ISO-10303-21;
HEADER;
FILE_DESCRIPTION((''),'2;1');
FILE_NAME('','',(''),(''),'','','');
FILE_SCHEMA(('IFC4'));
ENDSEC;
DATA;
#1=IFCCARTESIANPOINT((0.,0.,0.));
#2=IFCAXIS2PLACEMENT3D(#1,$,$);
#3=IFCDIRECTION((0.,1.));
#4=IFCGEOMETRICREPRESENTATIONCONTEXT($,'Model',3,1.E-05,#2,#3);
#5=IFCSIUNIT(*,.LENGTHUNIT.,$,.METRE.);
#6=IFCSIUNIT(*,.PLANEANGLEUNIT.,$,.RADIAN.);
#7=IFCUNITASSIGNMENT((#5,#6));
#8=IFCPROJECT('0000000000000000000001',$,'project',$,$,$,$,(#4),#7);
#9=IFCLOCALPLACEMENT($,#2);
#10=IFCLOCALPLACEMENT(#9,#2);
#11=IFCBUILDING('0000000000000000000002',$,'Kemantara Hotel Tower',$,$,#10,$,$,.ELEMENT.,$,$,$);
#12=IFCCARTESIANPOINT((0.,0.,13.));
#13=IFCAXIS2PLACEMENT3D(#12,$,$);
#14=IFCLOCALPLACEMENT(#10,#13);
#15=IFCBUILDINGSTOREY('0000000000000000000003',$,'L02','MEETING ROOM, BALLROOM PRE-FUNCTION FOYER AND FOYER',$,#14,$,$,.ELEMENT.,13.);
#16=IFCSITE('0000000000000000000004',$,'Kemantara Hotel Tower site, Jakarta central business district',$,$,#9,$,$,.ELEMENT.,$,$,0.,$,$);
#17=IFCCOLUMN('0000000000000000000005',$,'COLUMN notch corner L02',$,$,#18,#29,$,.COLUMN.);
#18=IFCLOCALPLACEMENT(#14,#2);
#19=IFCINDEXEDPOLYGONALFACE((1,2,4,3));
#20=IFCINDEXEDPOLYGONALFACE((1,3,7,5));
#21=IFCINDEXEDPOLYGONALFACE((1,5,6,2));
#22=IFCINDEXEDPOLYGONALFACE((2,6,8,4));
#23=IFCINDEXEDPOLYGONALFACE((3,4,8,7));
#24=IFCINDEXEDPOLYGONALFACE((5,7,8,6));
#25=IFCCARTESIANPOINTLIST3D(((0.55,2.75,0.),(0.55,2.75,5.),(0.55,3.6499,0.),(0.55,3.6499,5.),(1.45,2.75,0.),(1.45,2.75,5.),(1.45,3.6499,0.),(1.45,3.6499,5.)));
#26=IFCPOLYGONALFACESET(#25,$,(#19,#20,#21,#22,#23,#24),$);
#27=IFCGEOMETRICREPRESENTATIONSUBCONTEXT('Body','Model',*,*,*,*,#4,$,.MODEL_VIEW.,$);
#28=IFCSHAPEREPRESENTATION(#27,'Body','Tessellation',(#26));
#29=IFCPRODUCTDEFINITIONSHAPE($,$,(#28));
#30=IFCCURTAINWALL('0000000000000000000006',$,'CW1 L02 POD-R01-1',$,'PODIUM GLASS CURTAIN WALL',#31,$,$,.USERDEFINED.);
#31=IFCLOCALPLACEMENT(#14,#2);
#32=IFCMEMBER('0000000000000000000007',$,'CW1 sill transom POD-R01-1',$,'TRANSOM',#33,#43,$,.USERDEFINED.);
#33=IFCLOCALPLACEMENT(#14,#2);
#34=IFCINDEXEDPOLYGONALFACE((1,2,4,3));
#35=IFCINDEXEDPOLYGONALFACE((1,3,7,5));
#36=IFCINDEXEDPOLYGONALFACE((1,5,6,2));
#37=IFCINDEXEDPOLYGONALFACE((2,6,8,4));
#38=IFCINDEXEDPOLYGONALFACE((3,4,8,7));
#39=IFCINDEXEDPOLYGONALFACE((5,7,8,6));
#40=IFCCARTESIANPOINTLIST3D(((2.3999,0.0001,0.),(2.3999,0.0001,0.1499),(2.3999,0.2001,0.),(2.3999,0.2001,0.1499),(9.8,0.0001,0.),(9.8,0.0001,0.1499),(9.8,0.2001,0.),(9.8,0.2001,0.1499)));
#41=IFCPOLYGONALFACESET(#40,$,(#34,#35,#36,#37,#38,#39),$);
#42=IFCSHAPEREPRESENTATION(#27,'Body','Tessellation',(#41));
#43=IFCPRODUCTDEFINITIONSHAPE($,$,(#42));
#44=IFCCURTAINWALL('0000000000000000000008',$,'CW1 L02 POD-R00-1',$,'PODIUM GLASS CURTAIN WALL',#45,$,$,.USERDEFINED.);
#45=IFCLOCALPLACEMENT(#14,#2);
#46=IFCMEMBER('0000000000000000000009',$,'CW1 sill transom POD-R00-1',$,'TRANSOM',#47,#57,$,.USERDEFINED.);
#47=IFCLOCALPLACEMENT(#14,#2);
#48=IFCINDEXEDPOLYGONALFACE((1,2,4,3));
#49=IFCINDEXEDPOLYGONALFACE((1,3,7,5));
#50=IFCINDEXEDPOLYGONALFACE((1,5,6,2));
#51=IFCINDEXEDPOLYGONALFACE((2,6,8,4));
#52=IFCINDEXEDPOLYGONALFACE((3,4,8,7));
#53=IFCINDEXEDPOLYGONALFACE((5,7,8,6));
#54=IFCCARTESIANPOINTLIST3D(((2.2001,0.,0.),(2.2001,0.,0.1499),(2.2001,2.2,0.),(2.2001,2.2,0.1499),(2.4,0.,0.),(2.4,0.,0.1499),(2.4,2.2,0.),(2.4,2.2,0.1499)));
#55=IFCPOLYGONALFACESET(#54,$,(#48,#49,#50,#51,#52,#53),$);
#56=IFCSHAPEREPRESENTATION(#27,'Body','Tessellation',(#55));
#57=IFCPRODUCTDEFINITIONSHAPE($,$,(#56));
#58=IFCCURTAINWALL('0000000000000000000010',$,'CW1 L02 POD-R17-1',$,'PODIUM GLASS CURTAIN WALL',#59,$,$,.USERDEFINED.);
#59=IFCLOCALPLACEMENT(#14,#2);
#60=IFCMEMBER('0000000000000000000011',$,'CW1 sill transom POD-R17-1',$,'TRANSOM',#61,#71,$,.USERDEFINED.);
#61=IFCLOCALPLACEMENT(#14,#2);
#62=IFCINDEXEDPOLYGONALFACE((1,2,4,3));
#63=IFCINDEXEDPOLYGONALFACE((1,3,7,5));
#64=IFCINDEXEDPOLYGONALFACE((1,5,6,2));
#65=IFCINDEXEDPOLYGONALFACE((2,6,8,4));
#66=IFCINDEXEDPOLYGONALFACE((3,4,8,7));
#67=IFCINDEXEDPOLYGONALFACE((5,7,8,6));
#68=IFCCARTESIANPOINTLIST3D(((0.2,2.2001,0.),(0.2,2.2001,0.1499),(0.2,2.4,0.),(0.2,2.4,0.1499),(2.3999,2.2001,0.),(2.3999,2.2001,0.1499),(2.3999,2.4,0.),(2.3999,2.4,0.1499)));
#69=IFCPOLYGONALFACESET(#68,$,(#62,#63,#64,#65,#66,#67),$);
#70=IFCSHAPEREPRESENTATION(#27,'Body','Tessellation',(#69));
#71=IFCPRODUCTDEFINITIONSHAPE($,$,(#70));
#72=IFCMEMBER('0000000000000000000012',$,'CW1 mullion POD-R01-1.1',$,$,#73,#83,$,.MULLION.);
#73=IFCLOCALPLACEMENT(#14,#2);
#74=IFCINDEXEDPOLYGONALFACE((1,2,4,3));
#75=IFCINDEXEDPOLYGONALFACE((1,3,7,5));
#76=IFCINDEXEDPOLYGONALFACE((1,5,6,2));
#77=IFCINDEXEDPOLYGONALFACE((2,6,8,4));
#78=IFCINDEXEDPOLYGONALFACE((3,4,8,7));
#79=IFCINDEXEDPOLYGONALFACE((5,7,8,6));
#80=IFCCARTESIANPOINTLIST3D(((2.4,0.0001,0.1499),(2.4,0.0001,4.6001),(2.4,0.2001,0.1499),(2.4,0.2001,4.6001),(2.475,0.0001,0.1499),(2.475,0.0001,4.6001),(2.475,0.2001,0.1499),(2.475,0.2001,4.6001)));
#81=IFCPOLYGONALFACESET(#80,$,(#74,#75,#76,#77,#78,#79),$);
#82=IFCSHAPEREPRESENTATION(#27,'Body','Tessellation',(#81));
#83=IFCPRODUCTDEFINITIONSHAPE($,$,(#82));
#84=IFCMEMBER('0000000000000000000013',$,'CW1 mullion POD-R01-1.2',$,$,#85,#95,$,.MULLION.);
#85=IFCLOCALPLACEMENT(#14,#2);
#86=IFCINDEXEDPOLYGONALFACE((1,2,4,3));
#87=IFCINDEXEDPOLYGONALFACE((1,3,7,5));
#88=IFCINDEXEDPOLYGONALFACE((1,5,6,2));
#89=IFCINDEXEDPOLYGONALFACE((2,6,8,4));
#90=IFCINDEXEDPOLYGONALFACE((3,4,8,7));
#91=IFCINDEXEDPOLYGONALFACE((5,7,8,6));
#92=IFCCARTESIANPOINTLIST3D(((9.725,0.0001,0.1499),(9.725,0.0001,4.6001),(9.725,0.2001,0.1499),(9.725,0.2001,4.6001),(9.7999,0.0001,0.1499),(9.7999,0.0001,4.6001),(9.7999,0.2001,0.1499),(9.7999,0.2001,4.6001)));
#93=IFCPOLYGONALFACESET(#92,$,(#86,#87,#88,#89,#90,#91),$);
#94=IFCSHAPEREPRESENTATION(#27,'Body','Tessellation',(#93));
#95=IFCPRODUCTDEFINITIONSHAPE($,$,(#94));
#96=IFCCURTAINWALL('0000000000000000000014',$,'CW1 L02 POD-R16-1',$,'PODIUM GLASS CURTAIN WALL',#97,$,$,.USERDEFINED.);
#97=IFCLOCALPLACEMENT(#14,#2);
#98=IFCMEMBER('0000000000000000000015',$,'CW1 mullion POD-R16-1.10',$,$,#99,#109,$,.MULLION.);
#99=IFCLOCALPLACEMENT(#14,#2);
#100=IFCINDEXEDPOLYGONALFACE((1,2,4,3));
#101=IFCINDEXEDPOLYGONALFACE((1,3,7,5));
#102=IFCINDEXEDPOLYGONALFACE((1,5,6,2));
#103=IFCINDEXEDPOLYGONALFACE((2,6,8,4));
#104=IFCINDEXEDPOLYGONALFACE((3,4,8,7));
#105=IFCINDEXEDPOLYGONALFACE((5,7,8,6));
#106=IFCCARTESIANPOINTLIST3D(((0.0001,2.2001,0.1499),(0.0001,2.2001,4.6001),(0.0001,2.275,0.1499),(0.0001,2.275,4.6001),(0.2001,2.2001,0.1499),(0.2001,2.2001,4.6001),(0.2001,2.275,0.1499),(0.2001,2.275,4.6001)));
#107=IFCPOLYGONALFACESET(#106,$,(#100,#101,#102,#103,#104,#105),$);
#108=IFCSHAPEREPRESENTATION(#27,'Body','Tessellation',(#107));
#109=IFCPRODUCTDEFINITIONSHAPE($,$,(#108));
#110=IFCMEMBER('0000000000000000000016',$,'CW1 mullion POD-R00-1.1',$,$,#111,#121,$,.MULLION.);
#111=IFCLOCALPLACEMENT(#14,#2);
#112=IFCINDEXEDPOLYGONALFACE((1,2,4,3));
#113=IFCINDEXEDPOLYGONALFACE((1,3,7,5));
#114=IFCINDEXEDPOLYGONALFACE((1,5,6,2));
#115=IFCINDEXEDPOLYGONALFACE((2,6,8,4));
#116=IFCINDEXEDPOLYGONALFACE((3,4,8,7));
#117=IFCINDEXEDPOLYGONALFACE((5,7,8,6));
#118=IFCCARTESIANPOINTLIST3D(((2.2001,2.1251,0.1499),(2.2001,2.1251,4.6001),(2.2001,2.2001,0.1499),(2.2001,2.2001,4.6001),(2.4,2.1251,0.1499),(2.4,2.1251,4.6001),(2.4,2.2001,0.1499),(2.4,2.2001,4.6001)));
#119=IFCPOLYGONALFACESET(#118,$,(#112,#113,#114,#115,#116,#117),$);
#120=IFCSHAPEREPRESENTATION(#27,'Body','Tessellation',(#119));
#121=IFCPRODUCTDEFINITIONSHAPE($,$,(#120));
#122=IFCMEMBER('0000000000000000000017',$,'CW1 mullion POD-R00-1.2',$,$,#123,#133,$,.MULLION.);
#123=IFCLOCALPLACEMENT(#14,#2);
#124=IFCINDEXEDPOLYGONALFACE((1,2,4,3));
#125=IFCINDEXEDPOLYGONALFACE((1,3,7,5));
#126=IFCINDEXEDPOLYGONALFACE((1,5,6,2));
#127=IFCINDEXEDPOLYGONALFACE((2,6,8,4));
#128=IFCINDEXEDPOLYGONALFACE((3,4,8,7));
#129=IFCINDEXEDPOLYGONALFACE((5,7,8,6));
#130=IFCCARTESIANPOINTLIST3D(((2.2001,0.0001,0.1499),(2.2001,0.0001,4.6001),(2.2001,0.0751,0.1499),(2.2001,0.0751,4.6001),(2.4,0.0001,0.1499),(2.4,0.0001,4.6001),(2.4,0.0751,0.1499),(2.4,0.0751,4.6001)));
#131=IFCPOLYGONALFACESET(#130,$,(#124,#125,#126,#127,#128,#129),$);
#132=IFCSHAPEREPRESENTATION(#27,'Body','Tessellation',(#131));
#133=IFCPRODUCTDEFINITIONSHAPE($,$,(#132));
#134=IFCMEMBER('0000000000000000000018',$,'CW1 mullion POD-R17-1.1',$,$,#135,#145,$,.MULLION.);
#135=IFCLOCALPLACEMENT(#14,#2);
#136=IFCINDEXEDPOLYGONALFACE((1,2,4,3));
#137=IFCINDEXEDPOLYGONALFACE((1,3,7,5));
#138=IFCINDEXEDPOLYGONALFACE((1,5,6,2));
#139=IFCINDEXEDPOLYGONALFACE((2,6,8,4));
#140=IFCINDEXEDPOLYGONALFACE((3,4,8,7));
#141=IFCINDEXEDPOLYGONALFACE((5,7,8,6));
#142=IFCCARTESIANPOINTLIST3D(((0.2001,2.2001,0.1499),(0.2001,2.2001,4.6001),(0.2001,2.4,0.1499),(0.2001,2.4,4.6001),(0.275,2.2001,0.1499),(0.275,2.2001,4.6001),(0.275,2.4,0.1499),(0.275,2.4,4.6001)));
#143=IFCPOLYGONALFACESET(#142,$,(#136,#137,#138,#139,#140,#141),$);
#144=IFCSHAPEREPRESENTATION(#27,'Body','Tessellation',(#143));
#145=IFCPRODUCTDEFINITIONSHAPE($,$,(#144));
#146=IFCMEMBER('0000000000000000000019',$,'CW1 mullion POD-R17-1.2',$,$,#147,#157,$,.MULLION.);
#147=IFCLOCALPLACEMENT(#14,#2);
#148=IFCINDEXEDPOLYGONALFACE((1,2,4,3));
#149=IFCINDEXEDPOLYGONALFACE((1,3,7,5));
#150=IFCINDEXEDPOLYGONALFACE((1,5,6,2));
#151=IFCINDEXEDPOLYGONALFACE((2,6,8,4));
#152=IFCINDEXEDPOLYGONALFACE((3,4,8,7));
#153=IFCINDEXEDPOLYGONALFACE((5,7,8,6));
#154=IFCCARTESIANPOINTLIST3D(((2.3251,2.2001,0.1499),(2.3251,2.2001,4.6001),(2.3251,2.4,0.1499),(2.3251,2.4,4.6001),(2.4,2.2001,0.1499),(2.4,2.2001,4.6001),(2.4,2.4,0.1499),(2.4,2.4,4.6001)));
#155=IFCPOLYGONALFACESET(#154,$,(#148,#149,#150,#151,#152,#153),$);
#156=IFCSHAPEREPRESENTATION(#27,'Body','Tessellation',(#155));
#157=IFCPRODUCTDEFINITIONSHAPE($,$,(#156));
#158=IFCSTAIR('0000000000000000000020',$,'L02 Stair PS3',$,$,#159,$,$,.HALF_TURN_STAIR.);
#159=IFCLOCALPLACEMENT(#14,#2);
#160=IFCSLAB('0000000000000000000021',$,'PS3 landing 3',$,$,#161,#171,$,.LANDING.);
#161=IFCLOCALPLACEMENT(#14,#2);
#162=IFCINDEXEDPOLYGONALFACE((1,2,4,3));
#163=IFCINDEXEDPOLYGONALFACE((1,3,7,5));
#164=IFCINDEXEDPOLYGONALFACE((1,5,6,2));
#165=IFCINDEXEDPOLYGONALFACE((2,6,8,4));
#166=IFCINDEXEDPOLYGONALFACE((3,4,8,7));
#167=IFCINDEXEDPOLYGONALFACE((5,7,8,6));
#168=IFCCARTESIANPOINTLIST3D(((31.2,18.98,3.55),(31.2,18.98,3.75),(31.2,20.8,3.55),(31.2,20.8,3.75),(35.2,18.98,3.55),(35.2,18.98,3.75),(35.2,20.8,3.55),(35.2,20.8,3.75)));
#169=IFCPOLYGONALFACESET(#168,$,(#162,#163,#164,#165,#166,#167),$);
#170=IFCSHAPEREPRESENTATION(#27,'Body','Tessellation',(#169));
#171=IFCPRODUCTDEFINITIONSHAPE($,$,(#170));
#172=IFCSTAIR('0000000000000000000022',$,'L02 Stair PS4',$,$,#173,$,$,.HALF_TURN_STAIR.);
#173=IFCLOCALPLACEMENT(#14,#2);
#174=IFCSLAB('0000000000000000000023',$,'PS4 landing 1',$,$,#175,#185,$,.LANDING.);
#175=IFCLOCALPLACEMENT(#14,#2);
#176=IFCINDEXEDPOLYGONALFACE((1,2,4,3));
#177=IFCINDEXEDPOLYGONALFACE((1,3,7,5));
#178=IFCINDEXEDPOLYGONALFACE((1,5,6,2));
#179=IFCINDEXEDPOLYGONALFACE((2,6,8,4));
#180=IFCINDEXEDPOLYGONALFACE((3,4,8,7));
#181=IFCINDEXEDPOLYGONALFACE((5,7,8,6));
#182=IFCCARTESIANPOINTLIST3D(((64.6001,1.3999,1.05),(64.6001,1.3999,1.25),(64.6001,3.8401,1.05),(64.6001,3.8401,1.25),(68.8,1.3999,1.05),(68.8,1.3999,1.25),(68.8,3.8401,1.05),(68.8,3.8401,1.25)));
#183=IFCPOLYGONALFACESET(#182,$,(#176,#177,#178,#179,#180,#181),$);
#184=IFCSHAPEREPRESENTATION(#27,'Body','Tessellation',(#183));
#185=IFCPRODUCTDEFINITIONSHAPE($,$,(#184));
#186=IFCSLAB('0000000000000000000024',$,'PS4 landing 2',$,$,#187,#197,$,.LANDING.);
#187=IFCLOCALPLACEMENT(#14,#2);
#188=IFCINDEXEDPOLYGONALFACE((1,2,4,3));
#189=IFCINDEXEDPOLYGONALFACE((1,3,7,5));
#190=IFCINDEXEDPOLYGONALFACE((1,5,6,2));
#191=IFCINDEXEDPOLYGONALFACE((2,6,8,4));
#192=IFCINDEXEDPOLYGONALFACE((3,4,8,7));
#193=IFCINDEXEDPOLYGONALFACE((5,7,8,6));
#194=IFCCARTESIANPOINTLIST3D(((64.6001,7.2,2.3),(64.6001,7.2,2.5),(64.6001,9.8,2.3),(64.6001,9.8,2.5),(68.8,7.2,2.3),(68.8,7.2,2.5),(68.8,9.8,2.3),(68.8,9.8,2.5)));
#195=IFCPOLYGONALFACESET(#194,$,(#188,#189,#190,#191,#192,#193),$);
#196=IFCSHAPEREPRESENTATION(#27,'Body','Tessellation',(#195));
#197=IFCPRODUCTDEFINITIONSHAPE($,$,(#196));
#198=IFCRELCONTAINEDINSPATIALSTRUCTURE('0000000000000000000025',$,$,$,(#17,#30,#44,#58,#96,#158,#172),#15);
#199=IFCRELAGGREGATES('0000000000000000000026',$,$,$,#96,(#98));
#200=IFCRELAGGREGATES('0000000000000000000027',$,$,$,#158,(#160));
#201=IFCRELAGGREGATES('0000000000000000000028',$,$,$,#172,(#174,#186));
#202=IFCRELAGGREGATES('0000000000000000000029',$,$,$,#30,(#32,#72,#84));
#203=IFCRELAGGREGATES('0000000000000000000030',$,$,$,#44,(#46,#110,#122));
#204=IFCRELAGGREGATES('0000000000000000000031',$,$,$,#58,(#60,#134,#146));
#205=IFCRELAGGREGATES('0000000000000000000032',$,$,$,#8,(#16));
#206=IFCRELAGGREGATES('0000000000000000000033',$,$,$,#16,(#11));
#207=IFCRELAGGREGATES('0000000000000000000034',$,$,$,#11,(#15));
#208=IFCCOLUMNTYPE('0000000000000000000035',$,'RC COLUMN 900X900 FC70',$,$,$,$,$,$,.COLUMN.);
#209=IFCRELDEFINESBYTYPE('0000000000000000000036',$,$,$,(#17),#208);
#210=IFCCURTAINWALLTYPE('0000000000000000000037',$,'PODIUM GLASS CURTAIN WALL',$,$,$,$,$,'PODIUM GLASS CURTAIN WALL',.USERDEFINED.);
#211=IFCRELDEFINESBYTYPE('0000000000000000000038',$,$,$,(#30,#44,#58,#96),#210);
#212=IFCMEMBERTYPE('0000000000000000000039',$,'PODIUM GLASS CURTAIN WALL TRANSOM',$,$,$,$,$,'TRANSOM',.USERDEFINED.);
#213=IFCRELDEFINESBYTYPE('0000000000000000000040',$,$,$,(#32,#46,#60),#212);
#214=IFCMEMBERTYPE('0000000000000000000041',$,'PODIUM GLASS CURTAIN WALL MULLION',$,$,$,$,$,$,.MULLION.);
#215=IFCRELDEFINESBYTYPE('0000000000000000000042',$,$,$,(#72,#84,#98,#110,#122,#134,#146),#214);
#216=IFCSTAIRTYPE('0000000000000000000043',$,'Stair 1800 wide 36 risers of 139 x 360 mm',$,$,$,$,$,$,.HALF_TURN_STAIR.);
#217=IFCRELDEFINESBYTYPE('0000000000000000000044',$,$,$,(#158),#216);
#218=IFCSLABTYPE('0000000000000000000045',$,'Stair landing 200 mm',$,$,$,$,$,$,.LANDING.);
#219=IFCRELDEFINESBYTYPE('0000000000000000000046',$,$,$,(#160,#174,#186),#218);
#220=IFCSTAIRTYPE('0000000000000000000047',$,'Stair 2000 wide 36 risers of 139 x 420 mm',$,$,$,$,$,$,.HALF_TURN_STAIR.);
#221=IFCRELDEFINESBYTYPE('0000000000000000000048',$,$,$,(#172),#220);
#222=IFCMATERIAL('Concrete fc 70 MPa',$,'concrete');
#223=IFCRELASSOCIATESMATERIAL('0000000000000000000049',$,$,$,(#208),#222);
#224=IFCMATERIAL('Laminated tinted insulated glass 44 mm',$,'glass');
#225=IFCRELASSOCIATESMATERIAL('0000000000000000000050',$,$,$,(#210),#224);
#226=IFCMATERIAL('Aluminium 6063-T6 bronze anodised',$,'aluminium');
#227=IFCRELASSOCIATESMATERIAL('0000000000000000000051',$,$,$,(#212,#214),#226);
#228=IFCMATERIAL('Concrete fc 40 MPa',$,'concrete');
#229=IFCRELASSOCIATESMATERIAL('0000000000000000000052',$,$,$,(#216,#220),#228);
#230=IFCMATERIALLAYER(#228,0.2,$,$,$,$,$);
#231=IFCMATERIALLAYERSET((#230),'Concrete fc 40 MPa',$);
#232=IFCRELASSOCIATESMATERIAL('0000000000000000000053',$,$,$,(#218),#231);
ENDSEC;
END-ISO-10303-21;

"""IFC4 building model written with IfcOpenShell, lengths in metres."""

from ifc_helpers import new_model, si_unit, direction, frame, origin, origin_2d, place, context, subcontext, project, spatial, polyline, rectangle, outline, extrude, source, transform, mapped, material, layer, layer_set, material_profile, profile_set, type_object, element, aggregate, save


model = new_model("IFC4")

# Units and contexts
model_context = context("Model", 3, precision=1e-05, world=origin(), true_north=direction((0.0, 1.0)))
body_context = subcontext(model_context, "Body", "Model", "MODEL_VIEW")
ifc_project = project(units=[si_unit("LENGTHUNIT", "METRE"), si_unit("PLANEANGLEUNIT", "RADIAN")], contexts=[model_context])

# Site, building, storey
site_placement = place(None, origin())
site = spatial("IfcSite", under=ifc_project, at=site_placement, Name="Kemantara Hotel Tower site, Jakarta central business district", CompositionType="ELEMENT", RefElevation=0.0)
building_placement = place(site_placement, origin())
building = spatial("IfcBuilding", under=site, at=building_placement, Name="Kemantara Hotel Tower", CompositionType="ELEMENT")
storey_placement = place(building_placement, frame((0.0, 0.0, 13.0)))
storey = spatial("IfcBuildingStorey", under=building, at=storey_placement, Name="L02", Description="MEETING ROOM, BALLROOM PRE-FUNCTION FOYER AND FOYER", CompositionType="ELEMENT", Elevation=13.0)

# Column
ifc_material_1 = material(Name="Concrete fc 70 MPa", Category="concrete")
ifc_material_profile_1 = material_profile(ifc_material_1, rectangle(XDim=0.8999, YDim=0.8999, at=origin_2d()), Name="RC 900X900")
ifc_profile_set_1 = profile_set([ifc_material_profile_1], Name="Concrete fc 70 MPa")
column_type = type_object("IfcColumnType", Name="RC COLUMN 900X900 FC70", PredefinedType="COLUMN", material=ifc_profile_set_1)
column_placement = place(storey_placement, frame((1.0, 3.2, 0.0), z_axis=(0.0, 0.0, 1.0), x_axis=(1.0, 0.0, 0.0)))
element("IfcColumn", 1, at=column_placement, inside=storey, type_object=column_type, Name="COLUMN notch corner L02", PredefinedType="COLUMN", context=body_context, shape_type="SweptSolid", body=[
    extrude(rectangle(XDim=0.8999, YDim=0.8999, at=origin_2d()), origin(), (0.0, 0.0, 1.0), 5.0),
])

# Curtain walls, members
ifc_material_2 = material(Name="Laminated tinted insulated glass 44 mm", Category="glass")
curtain_wall_type = type_object("IfcCurtainWallType", Name="PODIUM GLASS CURTAIN WALL", ElementType="PODIUM GLASS CURTAIN WALL", PredefinedType="USERDEFINED", material=ifc_material_2)
curtain_wall_1_placement = place(storey_placement, origin())
curtain_wall_1 = element("IfcCurtainWall", 2, at=curtain_wall_1_placement, inside=storey, type_object=curtain_wall_type, Name="CW1 L02 POD-R01-1", ObjectType="PODIUM GLASS CURTAIN WALL", PredefinedType="USERDEFINED")
ifc_material_3 = material(Name="Aluminium 6063-T6 bronze anodised", Category="aluminium")
ifc_material_profile_2 = material_profile(ifc_material_3, rectangle(XDim=0.2, YDim=0.1499, at=origin_2d()), Name="PODIUM GLASS CURTAIN WALL TRANSOM")
ifc_profile_set_2 = profile_set([ifc_material_profile_2], Name="Aluminium 6063-T6 bronze anodised")
member_type_1 = type_object("IfcMemberType", Name="PODIUM GLASS CURTAIN WALL TRANSOM", ElementType="TRANSOM", PredefinedType="USERDEFINED", material=ifc_profile_set_2)
member_1_placement = place(storey_placement, frame((2.3999, 0.1001, 0.075), z_axis=(1.0, 0.0, 0.0), x_axis=(0.0, 1.0, 0.0)))
member_1 = element("IfcMember", 3, at=member_1_placement, type_object=member_type_1, Name="CW1 sill transom POD-R01-1", ObjectType="TRANSOM", PredefinedType="USERDEFINED", context=body_context, shape_type="SweptSolid", body=[
    extrude(rectangle(XDim=0.2, YDim=0.1499, at=origin_2d()), origin(), (0.0, 0.0, 1.0), 7.4001),
])
curtain_wall_2_placement = place(storey_placement, origin())
curtain_wall_2 = element("IfcCurtainWall", 4, at=curtain_wall_2_placement, inside=storey, type_object=curtain_wall_type, Name="CW1 L02 POD-R00-1", ObjectType="PODIUM GLASS CURTAIN WALL", PredefinedType="USERDEFINED")
member_2_placement = place(storey_placement, frame((2.3, 2.2, 0.075), z_axis=(0.0, -1.0, 0.0), x_axis=(1.0, 0.0, 0.0)))
member_2 = element("IfcMember", 5, at=member_2_placement, type_object=member_type_1, Name="CW1 sill transom POD-R00-1", ObjectType="TRANSOM", PredefinedType="USERDEFINED", context=body_context, shape_type="SweptSolid", body=[
    extrude(rectangle(XDim=0.2, YDim=0.1499, at=origin_2d()), origin(), (0.0, 0.0, 1.0), 2.2),
])
curtain_wall_3_placement = place(storey_placement, origin())
curtain_wall_3 = element("IfcCurtainWall", 6, at=curtain_wall_3_placement, inside=storey, type_object=curtain_wall_type, Name="CW1 L02 POD-R17-1", ObjectType="PODIUM GLASS CURTAIN WALL", PredefinedType="USERDEFINED")
member_3_placement = place(storey_placement, frame((0.2, 2.3, 0.075), z_axis=(1.0, 0.0, 0.0), x_axis=(0.0, 1.0, 0.0)))
member_3 = element("IfcMember", 7, at=member_3_placement, type_object=member_type_1, Name="CW1 sill transom POD-R17-1", ObjectType="TRANSOM", PredefinedType="USERDEFINED", context=body_context, shape_type="SweptSolid", body=[
    extrude(rectangle(XDim=0.2, YDim=0.1499, at=origin_2d()), origin(), (0.0, 0.0, 1.0), 2.2),
])

# Members
ifc_material_profile_3 = material_profile(ifc_material_3, rectangle(XDim=0.2, YDim=0.075, at=origin_2d()), Name="PODIUM GLASS CURTAIN WALL MULLION")
ifc_profile_set_3 = profile_set([ifc_material_profile_3], Name="Aluminium 6063-T6 bronze anodised")
member_type_2 = type_object("IfcMemberType", Name="PODIUM GLASS CURTAIN WALL MULLION", PredefinedType="MULLION", material=ifc_profile_set_3)
shared_shape_1 = source(origin(), body_context, "Body", "SweptSolid", [
    extrude(rectangle(XDim=0.2, YDim=0.075, at=origin_2d()), origin(), (0.0, 0.0, 1.0), 4.4502),
])
member_4_placement = place(storey_placement, frame((2.4375, 0.1001, 0.1499), z_axis=(0.0, 0.0, 1.0), x_axis=(0.0, 1.0, 0.0)))
member_4 = element("IfcMember", 8, at=member_4_placement, type_object=member_type_2, Name="CW1 mullion POD-R01-1.1", PredefinedType="MULLION", context=body_context, shape_type="MappedRepresentation", body=[
    mapped(shared_shape_1, transform((0.0, 0.0, 0.0))),
])
member_5_placement = place(storey_placement, frame((9.7625, 0.1001, 0.1499), z_axis=(0.0, 0.0, 1.0), x_axis=(0.0, 1.0, 0.0)))
member_5 = element("IfcMember", 9, at=member_5_placement, type_object=member_type_2, Name="CW1 mullion POD-R01-1.2", PredefinedType="MULLION", context=body_context, shape_type="MappedRepresentation", body=[
    mapped(shared_shape_1, transform((0.0, 0.0, 0.0))),
])

# Curtain wall, member
curtain_wall_4_placement = place(storey_placement, origin())
curtain_wall_4 = element("IfcCurtainWall", 10, at=curtain_wall_4_placement, inside=storey, type_object=curtain_wall_type, Name="CW1 L02 POD-R16-1", ObjectType="PODIUM GLASS CURTAIN WALL", PredefinedType="USERDEFINED")
member_6_placement = place(storey_placement, frame((0.1001, 2.2375, 0.1499), z_axis=(0.0, 0.0, 1.0), x_axis=(1.0, 0.0, 0.0)))
member_6 = element("IfcMember", 11, at=member_6_placement, type_object=member_type_2, Name="CW1 mullion POD-R16-1.10", PredefinedType="MULLION", context=body_context, shape_type="MappedRepresentation", body=[
    mapped(shared_shape_1, transform((0.0, 0.0, 0.0))),
])
aggregate(curtain_wall_4, [member_6])

# Members
member_7_placement = place(storey_placement, frame((2.3, 2.1626, 0.1499), z_axis=(0.0, 0.0, 1.0), x_axis=(1.0, 0.0, 0.0)))
member_7 = element("IfcMember", 12, at=member_7_placement, type_object=member_type_2, Name="CW1 mullion POD-R00-1.1", PredefinedType="MULLION", context=body_context, shape_type="MappedRepresentation", body=[
    mapped(shared_shape_1, transform((0.0, 0.0, 0.0))),
])
member_8_placement = place(storey_placement, frame((2.3, 0.0376, 0.1499), z_axis=(0.0, 0.0, 1.0), x_axis=(1.0, 0.0, 0.0)))
member_8 = element("IfcMember", 13, at=member_8_placement, type_object=member_type_2, Name="CW1 mullion POD-R00-1.2", PredefinedType="MULLION", context=body_context, shape_type="MappedRepresentation", body=[
    mapped(shared_shape_1, transform((0.0, 0.0, 0.0))),
])
member_9_placement = place(storey_placement, frame((0.2375, 2.3, 0.1499), z_axis=(0.0, 0.0, 1.0), x_axis=(0.0, 1.0, 0.0)))
member_9 = element("IfcMember", 14, at=member_9_placement, type_object=member_type_2, Name="CW1 mullion POD-R17-1.1", PredefinedType="MULLION", context=body_context, shape_type="MappedRepresentation", body=[
    mapped(shared_shape_1, transform((0.0, 0.0, 0.0))),
])
member_10_placement = place(storey_placement, frame((2.3625, 2.3, 0.1499), z_axis=(0.0, 0.0, 1.0), x_axis=(0.0, 1.0, 0.0)))
member_10 = element("IfcMember", 15, at=member_10_placement, type_object=member_type_2, Name="CW1 mullion POD-R17-1.2", PredefinedType="MULLION", context=body_context, shape_type="MappedRepresentation", body=[
    mapped(shared_shape_1, transform((0.0, 0.0, 0.0))),
])

# Stair, slab
ifc_material_4 = material(Name="Concrete fc 40 MPa", Category="concrete")
stair_type_1 = type_object("IfcStairType", Name="Stair 1800 wide 36 risers of 139 x 360 mm", PredefinedType="HALF_TURN_STAIR", material=ifc_material_4)
stair_1_placement = place(storey_placement, origin())
stair_1 = element("IfcStair", 16, at=stair_1_placement, inside=storey, type_object=stair_type_1, Name="L02 Stair PS3", PredefinedType="HALF_TURN_STAIR")
ifc_layer_1 = layer(ifc_material_4, 0.2)
ifc_layer_set_1 = layer_set([ifc_layer_1], Name="Concrete fc 40 MPa")
slab_type = type_object("IfcSlabType", Name="Stair landing 200 mm", PredefinedType="LANDING", material=ifc_layer_set_1)
slab_1_placement = place(storey_placement, frame((0.0, 0.0, 3.55)))
slab_1 = element("IfcSlab", 17, at=slab_1_placement, type_object=slab_type, Name="PS3 landing 3", PredefinedType="LANDING", context=body_context, shape_type="SweptSolid", body=[
    extrude(outline(polyline([(35.2, 18.98), (35.2, 20.8), (31.2, 20.8), (31.2, 18.98), (35.2, 18.98)])), origin(), (0.0, 0.0, 1.0), 0.2),
])
aggregate(stair_1, [slab_1])

# Stair, slabs
stair_type_2 = type_object("IfcStairType", Name="Stair 2000 wide 36 risers of 139 x 420 mm", PredefinedType="HALF_TURN_STAIR", material=ifc_material_4)
stair_2_placement = place(storey_placement, origin())
stair_2 = element("IfcStair", 18, at=stair_2_placement, inside=storey, type_object=stair_type_2, Name="L02 Stair PS4", PredefinedType="HALF_TURN_STAIR")
slab_2_placement = place(storey_placement, frame((0.0, 0.0, 1.05)))
slab_2 = element("IfcSlab", 19, at=slab_2_placement, type_object=slab_type, Name="PS4 landing 1", PredefinedType="LANDING", context=body_context, shape_type="SweptSolid", body=[
    extrude(outline(polyline([(64.6001, 3.8401), (64.6001, 1.3999), (68.8, 1.3999), (68.8, 3.8401), (64.6001, 3.8401)])), origin(), (0.0, 0.0, 1.0), 0.2),
])
slab_3_placement = place(storey_placement, frame((0.0, 0.0, 2.3)))
slab_3 = element("IfcSlab", 20, at=slab_3_placement, type_object=slab_type, Name="PS4 landing 2", PredefinedType="LANDING", context=body_context, shape_type="SweptSolid", body=[
    extrude(outline(polyline([(64.6001, 9.8), (64.6001, 7.2), (68.8, 7.2), (68.8, 9.8), (64.6001, 9.8)])), origin(), (0.0, 0.0, 1.0), 0.2),
])
aggregate(stair_2, [slab_2, slab_3])

aggregate(curtain_wall_1, [member_1, member_4, member_5])
aggregate(curtain_wall_2, [member_2, member_7, member_8])
aggregate(curtain_wall_3, [member_3, member_9, member_10])

save(model, "model.ifc")
